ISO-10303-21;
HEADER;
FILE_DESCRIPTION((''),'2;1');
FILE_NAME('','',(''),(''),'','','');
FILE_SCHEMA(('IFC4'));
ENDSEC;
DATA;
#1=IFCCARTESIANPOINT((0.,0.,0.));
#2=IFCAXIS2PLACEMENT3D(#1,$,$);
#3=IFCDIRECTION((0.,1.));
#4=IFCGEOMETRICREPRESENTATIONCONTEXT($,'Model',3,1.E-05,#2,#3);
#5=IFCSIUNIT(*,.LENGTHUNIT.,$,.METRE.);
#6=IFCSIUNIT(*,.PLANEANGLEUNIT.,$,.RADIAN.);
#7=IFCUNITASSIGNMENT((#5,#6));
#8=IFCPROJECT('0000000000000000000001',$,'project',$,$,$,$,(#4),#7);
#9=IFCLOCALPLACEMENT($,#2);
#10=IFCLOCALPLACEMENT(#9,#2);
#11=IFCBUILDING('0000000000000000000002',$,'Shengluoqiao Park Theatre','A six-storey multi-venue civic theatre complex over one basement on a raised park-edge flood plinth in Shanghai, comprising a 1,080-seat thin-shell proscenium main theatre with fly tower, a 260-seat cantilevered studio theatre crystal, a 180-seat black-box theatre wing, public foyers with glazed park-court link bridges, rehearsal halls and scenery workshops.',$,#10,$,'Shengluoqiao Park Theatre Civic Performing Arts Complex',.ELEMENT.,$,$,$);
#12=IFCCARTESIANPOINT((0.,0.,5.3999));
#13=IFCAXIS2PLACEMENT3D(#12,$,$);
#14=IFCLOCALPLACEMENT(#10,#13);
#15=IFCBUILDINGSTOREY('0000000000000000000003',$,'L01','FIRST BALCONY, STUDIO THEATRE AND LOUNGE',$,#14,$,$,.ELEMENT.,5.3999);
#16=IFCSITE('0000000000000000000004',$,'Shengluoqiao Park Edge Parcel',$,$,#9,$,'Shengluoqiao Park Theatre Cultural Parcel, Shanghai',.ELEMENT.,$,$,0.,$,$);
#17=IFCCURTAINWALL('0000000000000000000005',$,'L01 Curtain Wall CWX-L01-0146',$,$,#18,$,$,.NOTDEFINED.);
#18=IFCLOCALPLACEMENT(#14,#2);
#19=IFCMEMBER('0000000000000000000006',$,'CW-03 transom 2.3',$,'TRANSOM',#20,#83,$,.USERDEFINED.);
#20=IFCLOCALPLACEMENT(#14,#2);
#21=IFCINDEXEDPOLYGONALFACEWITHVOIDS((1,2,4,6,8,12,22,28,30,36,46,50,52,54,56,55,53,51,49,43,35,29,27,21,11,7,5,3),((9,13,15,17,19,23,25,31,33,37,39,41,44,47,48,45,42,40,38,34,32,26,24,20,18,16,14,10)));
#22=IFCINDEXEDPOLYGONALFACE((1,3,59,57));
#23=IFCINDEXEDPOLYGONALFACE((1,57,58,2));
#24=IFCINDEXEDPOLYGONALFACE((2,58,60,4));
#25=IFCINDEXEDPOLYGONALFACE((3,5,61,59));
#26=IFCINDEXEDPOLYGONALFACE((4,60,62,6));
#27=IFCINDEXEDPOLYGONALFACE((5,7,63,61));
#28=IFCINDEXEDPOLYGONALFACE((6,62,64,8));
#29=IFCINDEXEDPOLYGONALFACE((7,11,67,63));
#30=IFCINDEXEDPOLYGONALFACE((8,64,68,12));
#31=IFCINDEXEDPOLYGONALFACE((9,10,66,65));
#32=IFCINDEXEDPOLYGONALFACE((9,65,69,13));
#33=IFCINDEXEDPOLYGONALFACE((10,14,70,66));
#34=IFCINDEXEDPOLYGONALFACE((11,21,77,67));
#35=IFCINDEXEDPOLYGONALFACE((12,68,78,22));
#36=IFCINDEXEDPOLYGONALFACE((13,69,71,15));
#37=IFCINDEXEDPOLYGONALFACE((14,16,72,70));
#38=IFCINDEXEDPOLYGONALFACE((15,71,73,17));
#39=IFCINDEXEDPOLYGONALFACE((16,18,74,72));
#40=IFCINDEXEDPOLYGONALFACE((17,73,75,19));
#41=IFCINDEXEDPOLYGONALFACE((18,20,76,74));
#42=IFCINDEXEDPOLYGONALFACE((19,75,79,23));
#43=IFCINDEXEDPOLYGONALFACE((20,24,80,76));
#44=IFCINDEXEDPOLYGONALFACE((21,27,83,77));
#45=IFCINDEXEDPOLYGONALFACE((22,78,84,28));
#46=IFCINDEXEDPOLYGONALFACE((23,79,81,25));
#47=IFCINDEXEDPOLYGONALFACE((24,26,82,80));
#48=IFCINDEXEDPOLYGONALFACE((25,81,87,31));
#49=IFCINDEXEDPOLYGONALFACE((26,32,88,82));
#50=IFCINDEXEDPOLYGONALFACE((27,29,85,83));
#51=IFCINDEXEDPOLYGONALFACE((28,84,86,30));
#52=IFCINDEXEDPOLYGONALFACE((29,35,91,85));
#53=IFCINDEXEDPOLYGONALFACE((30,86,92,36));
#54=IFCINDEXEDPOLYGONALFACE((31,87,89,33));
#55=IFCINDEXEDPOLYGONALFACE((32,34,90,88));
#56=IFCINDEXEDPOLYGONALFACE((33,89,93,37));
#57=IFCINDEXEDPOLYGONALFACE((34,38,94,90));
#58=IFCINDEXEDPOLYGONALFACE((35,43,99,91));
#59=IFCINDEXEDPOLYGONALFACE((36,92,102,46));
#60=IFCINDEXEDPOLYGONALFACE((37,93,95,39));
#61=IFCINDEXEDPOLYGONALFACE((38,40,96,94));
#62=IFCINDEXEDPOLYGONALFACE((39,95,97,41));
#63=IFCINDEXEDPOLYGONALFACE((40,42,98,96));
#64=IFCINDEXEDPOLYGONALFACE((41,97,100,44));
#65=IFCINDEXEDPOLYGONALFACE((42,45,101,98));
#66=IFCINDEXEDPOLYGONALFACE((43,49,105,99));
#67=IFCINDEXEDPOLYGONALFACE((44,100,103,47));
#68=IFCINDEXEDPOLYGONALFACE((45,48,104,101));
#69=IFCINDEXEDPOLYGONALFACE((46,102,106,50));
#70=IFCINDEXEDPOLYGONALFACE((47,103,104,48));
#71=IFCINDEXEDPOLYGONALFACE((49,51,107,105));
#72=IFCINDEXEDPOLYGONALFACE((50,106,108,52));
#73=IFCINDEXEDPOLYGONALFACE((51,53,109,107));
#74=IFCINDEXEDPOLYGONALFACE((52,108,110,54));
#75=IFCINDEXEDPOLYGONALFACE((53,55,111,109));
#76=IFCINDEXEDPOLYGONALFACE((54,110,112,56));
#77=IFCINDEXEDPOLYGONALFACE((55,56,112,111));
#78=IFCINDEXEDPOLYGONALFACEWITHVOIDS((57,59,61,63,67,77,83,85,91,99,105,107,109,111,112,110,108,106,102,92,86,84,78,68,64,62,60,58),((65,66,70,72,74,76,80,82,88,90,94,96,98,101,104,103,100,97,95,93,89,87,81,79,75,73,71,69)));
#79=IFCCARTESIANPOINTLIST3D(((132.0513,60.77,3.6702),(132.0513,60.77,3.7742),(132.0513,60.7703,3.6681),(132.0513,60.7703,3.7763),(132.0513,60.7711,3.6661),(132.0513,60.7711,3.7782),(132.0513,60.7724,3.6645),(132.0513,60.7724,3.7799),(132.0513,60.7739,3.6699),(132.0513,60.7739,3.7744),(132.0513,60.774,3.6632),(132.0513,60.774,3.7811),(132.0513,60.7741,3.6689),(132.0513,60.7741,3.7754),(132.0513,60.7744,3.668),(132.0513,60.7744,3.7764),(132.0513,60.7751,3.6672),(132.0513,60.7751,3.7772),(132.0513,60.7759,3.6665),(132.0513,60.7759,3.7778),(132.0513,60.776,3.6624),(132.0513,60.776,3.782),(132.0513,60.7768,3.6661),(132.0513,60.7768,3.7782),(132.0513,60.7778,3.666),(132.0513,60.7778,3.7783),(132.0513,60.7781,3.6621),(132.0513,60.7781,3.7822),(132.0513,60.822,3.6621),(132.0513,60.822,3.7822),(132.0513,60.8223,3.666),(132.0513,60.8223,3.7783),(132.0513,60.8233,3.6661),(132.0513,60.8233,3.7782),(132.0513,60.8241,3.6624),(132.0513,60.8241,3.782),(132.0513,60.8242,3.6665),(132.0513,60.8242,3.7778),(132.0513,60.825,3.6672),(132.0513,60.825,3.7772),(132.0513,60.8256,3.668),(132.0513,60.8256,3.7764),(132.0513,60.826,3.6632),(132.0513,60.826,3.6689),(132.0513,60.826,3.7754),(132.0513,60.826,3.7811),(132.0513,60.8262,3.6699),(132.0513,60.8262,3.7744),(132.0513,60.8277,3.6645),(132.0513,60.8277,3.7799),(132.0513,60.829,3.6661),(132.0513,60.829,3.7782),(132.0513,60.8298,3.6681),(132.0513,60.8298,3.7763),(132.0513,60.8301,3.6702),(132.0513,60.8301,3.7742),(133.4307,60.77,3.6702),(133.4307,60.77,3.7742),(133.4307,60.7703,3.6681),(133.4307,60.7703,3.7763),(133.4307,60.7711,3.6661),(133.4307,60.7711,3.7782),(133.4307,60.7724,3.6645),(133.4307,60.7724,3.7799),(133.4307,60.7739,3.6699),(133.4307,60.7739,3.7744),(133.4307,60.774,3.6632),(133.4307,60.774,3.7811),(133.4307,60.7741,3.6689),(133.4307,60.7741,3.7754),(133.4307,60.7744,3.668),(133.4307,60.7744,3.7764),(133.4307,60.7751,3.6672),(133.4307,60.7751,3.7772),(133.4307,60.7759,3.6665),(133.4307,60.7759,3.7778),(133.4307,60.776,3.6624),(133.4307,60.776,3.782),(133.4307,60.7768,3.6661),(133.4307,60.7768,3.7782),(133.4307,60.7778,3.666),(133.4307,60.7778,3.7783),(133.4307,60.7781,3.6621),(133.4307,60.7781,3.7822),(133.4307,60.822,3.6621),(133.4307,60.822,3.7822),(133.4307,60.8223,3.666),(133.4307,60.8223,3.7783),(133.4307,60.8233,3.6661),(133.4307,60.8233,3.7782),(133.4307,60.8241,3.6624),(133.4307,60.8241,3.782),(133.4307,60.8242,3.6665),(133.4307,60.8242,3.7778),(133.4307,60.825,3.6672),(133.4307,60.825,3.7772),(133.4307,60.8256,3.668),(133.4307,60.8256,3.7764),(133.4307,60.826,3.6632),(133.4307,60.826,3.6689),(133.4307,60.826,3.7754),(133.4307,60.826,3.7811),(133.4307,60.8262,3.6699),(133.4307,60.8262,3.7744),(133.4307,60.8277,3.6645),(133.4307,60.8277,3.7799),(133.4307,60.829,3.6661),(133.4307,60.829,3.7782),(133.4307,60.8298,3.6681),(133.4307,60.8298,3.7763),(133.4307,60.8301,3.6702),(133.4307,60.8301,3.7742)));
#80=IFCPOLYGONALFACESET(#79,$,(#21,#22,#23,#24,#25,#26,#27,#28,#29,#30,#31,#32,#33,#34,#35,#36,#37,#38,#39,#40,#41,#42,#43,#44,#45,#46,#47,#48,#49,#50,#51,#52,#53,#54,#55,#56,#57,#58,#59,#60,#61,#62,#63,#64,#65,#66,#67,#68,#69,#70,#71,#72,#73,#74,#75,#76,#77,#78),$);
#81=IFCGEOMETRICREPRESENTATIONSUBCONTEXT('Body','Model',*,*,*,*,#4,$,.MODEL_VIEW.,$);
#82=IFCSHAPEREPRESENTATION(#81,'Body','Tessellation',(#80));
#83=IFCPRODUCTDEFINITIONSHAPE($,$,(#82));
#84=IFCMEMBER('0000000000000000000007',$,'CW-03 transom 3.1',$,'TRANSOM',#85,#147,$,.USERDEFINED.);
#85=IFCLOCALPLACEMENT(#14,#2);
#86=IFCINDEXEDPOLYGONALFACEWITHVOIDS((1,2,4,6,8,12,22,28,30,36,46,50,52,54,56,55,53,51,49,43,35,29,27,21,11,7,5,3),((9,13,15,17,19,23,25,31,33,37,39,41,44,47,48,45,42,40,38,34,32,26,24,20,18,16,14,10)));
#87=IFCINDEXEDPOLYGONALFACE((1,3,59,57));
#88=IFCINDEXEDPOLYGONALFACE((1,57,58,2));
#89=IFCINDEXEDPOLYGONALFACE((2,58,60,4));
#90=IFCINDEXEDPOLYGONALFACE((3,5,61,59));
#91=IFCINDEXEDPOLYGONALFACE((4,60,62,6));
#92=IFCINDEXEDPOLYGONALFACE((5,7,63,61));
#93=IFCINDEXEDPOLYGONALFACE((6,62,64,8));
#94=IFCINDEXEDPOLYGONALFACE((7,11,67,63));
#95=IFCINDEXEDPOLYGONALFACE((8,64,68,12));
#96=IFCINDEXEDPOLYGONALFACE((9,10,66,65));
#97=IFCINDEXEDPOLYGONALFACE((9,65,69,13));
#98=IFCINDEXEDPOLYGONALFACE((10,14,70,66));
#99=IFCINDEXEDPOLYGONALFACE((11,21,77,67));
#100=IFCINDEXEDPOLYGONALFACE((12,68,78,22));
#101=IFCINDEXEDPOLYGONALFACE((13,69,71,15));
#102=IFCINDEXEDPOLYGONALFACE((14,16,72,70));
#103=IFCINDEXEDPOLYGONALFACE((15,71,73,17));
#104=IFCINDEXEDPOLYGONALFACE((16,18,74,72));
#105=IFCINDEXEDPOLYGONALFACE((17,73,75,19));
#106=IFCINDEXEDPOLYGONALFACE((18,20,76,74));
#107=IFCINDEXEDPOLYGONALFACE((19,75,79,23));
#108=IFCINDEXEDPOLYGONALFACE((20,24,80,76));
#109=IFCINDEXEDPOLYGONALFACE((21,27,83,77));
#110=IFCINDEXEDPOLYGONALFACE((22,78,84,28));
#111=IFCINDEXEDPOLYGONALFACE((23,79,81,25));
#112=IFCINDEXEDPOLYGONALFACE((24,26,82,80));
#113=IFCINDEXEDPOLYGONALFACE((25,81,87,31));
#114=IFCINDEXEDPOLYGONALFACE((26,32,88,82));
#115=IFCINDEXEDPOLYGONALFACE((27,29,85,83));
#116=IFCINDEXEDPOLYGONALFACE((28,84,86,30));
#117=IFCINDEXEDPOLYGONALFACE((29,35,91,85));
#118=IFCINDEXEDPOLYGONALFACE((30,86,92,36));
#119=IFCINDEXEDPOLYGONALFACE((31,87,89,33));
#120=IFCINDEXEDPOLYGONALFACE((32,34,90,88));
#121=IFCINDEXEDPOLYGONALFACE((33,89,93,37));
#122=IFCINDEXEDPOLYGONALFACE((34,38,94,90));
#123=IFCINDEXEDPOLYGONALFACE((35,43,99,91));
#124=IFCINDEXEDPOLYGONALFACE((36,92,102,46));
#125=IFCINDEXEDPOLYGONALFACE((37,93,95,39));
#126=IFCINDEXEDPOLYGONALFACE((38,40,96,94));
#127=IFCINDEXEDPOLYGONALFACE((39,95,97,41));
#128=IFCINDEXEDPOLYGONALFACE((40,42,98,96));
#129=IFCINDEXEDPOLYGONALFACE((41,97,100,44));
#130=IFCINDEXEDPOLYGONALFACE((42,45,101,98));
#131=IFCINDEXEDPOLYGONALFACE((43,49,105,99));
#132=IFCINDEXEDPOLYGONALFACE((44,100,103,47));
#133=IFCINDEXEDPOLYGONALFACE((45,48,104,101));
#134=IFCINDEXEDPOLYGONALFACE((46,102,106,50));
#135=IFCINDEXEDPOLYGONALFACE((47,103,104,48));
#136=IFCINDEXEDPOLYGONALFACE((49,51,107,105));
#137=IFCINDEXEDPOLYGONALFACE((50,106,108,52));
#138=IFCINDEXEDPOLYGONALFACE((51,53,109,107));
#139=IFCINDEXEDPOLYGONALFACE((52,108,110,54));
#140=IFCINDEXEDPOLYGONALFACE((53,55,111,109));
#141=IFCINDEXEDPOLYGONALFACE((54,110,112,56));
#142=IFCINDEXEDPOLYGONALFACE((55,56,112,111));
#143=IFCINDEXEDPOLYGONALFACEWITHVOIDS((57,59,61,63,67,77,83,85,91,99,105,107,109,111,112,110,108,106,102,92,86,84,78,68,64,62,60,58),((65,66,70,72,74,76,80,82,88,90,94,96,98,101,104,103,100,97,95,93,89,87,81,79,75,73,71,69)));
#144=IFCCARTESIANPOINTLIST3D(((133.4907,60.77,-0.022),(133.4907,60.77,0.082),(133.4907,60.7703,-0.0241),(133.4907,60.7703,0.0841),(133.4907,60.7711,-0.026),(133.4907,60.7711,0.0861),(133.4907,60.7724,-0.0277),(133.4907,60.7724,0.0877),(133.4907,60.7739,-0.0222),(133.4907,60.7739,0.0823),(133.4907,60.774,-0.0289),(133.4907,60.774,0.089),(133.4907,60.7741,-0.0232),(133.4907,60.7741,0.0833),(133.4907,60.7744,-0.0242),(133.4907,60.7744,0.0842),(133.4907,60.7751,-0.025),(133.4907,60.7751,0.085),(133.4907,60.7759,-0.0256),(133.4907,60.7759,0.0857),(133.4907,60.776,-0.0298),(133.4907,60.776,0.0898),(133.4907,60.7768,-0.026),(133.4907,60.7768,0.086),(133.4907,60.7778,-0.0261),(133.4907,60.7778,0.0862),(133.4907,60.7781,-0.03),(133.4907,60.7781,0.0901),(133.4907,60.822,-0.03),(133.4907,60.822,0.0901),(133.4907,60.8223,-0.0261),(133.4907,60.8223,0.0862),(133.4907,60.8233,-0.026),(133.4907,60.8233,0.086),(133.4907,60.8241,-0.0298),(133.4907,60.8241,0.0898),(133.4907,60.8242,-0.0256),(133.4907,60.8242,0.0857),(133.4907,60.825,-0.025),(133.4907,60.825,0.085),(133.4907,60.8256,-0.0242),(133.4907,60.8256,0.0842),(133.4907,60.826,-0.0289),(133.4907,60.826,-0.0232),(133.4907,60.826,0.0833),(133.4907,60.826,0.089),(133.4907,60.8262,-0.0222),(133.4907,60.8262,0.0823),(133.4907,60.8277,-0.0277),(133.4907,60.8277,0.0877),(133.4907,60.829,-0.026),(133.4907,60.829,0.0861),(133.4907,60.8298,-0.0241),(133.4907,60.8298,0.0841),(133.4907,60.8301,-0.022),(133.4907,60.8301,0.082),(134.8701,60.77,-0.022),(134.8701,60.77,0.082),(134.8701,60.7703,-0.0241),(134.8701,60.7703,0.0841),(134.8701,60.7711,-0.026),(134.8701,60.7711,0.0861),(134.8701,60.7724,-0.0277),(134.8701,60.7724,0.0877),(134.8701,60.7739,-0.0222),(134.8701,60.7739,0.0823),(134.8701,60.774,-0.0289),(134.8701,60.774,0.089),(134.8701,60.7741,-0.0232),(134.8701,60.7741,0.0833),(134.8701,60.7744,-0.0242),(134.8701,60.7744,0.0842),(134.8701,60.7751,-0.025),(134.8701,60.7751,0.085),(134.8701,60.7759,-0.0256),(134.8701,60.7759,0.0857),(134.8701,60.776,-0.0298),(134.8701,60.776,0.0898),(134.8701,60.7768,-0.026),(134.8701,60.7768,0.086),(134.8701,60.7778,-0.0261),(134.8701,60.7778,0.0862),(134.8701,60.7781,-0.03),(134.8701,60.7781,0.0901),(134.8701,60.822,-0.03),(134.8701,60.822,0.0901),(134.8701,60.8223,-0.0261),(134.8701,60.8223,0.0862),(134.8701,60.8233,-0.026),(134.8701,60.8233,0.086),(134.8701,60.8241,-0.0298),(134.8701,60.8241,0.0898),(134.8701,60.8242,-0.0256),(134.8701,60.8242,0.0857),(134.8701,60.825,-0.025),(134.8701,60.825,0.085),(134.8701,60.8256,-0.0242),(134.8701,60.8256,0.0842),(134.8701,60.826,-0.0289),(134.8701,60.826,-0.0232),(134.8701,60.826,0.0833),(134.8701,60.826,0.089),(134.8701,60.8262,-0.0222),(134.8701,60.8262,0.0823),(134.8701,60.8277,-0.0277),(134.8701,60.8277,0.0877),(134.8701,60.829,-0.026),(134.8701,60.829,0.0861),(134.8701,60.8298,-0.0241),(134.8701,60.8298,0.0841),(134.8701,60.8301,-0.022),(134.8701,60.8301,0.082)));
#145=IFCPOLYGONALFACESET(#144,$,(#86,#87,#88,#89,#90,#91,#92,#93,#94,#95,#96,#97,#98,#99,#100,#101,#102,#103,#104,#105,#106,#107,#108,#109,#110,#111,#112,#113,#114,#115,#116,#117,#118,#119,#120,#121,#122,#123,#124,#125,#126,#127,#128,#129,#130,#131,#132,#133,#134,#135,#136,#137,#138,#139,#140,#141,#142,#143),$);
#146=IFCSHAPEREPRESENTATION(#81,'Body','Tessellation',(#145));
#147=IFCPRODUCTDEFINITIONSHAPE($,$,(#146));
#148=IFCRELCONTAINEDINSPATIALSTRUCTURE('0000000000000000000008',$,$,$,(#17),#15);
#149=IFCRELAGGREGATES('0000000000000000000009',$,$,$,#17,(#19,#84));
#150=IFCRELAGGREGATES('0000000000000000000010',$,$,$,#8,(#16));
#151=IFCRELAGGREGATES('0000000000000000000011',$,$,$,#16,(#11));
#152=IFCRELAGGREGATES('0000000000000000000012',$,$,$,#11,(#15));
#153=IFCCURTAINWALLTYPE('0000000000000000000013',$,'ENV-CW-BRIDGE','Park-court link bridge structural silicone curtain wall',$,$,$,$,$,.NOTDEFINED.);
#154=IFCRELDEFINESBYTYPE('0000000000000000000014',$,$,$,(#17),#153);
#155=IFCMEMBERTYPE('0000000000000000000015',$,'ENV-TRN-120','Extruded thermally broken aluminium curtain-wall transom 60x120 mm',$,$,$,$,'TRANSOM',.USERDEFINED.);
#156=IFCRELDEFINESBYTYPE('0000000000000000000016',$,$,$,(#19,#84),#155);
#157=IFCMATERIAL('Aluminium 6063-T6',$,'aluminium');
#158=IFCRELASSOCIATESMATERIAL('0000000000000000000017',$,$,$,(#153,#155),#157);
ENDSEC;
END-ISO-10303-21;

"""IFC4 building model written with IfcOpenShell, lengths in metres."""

from ifc_helpers import new_model, si_unit, direction, frame, origin, origin_2d, place, context, subcontext, project, spatial, hollow_rectangle, extrude, material, material_profile, profile_set, type_object, element, aggregate, save


model = new_model("IFC4")

# Units and contexts
model_context = context("Model", 3, precision=1e-05, world=origin(), true_north=direction((0.0, 1.0)))
body_context = subcontext(model_context, "Body", "Model", "MODEL_VIEW")
ifc_project = project(units=[si_unit("LENGTHUNIT", "METRE"), si_unit("PLANEANGLEUNIT", "RADIAN")], contexts=[model_context])

# Site, building, storey
site_placement = place(None, origin())
site = spatial("IfcSite", under=ifc_project, at=site_placement, Name="Shengluoqiao Park Edge Parcel", LongName="Shengluoqiao Park Theatre Cultural Parcel, Shanghai", CompositionType="ELEMENT", RefElevation=0.0)
building_placement = place(site_placement, origin())
building = spatial("IfcBuilding", under=site, at=building_placement, Name="Shengluoqiao Park Theatre", Description="A six-storey multi-venue civic theatre complex over one basement on a raised park-edge flood plinth in Shanghai, comprising a 1,080-seat thin-shell proscenium main theatre with fly tower, a 260-seat cantilevered studio theatre crystal, a 180-seat black-box theatre wing, public foyers with glazed park-court link bridges, rehearsal halls and scenery workshops.", LongName="Shengluoqiao Park Theatre Civic Performing Arts Complex", CompositionType="ELEMENT")
storey_placement = place(building_placement, frame((0.0, 0.0, 5.3999)))
storey = spatial("IfcBuildingStorey", under=building, at=storey_placement, Name="L01", Description="FIRST BALCONY, STUDIO THEATRE AND LOUNGE", CompositionType="ELEMENT", Elevation=5.3999)

# Shared definitions
ifc_material_1 = material(Name="Aluminium 6063-T6", Category="aluminium")
curtain_wall_type = type_object("IfcCurtainWallType", Name="ENV-CW-BRIDGE", Description="Park-court link bridge structural silicone curtain wall", PredefinedType="NOTDEFINED", material=ifc_material_1)

# Curtain wall
curtain_wall_1_placement = place(storey_placement, origin())
curtain_wall_1 = element("IfcCurtainWall", 1, at=curtain_wall_1_placement, inside=storey, type_object=curtain_wall_type, Name="L01 Curtain Wall CWX-L01-0146", PredefinedType="NOTDEFINED")

# Members
ifc_material_profile_1 = material_profile(ifc_material_1, hollow_rectangle(XDim=0.0601, YDim=0.1201, WallThickness=0.0039, InnerFilletRadius=0.0039, OuterFilletRadius=0.0081, at=origin_2d()), Name="ALU TRANSOM 120x60x4")
ifc_profile_set_1 = profile_set([ifc_material_profile_1], Name="Aluminium 6063-T6")
member_type_1 = type_object("IfcMemberType", Name="ENV-TRN-120", Description="Extruded thermally broken aluminium curtain-wall transom 60x120 mm", ElementType="TRANSOM", PredefinedType="USERDEFINED", material=ifc_profile_set_1)
member_1_placement = place(storey_placement, frame((132.0513, 60.8, 3.7222), z_axis=(1.0, 0.0, 0.0), x_axis=(0.0, 1.0, 0.0)))
member_1 = element("IfcMember", 2, at=member_1_placement, type_object=member_type_1, Name="CW-03 transom 2.3", ObjectType="TRANSOM", PredefinedType="USERDEFINED", context=body_context, shape_type="SweptSolid", body=[
    extrude(hollow_rectangle(XDim=0.0601, YDim=0.1201, WallThickness=0.0039, InnerFilletRadius=0.0039, OuterFilletRadius=0.0081, at=origin_2d()), origin(), (0.0, 0.0, 1.0), 1.3794),
])
member_2_placement = place(storey_placement, frame((133.4907, 60.8, 0.03), z_axis=(1.0, 0.0, 0.0), x_axis=(0.0, 1.0, 0.0)))
member_2 = element("IfcMember", 3, at=member_2_placement, type_object=member_type_1, Name="CW-03 transom 3.1", ObjectType="TRANSOM", PredefinedType="USERDEFINED", context=body_context, shape_type="SweptSolid", body=[
    extrude(hollow_rectangle(XDim=0.0601, YDim=0.1201, WallThickness=0.0039, InnerFilletRadius=0.0039, OuterFilletRadius=0.0081, at=origin_2d()), origin(), (0.0, 0.0, 1.0), 1.3794),
])

aggregate(curtain_wall_1, [member_1, member_2])

save(model, "model.ifc")
